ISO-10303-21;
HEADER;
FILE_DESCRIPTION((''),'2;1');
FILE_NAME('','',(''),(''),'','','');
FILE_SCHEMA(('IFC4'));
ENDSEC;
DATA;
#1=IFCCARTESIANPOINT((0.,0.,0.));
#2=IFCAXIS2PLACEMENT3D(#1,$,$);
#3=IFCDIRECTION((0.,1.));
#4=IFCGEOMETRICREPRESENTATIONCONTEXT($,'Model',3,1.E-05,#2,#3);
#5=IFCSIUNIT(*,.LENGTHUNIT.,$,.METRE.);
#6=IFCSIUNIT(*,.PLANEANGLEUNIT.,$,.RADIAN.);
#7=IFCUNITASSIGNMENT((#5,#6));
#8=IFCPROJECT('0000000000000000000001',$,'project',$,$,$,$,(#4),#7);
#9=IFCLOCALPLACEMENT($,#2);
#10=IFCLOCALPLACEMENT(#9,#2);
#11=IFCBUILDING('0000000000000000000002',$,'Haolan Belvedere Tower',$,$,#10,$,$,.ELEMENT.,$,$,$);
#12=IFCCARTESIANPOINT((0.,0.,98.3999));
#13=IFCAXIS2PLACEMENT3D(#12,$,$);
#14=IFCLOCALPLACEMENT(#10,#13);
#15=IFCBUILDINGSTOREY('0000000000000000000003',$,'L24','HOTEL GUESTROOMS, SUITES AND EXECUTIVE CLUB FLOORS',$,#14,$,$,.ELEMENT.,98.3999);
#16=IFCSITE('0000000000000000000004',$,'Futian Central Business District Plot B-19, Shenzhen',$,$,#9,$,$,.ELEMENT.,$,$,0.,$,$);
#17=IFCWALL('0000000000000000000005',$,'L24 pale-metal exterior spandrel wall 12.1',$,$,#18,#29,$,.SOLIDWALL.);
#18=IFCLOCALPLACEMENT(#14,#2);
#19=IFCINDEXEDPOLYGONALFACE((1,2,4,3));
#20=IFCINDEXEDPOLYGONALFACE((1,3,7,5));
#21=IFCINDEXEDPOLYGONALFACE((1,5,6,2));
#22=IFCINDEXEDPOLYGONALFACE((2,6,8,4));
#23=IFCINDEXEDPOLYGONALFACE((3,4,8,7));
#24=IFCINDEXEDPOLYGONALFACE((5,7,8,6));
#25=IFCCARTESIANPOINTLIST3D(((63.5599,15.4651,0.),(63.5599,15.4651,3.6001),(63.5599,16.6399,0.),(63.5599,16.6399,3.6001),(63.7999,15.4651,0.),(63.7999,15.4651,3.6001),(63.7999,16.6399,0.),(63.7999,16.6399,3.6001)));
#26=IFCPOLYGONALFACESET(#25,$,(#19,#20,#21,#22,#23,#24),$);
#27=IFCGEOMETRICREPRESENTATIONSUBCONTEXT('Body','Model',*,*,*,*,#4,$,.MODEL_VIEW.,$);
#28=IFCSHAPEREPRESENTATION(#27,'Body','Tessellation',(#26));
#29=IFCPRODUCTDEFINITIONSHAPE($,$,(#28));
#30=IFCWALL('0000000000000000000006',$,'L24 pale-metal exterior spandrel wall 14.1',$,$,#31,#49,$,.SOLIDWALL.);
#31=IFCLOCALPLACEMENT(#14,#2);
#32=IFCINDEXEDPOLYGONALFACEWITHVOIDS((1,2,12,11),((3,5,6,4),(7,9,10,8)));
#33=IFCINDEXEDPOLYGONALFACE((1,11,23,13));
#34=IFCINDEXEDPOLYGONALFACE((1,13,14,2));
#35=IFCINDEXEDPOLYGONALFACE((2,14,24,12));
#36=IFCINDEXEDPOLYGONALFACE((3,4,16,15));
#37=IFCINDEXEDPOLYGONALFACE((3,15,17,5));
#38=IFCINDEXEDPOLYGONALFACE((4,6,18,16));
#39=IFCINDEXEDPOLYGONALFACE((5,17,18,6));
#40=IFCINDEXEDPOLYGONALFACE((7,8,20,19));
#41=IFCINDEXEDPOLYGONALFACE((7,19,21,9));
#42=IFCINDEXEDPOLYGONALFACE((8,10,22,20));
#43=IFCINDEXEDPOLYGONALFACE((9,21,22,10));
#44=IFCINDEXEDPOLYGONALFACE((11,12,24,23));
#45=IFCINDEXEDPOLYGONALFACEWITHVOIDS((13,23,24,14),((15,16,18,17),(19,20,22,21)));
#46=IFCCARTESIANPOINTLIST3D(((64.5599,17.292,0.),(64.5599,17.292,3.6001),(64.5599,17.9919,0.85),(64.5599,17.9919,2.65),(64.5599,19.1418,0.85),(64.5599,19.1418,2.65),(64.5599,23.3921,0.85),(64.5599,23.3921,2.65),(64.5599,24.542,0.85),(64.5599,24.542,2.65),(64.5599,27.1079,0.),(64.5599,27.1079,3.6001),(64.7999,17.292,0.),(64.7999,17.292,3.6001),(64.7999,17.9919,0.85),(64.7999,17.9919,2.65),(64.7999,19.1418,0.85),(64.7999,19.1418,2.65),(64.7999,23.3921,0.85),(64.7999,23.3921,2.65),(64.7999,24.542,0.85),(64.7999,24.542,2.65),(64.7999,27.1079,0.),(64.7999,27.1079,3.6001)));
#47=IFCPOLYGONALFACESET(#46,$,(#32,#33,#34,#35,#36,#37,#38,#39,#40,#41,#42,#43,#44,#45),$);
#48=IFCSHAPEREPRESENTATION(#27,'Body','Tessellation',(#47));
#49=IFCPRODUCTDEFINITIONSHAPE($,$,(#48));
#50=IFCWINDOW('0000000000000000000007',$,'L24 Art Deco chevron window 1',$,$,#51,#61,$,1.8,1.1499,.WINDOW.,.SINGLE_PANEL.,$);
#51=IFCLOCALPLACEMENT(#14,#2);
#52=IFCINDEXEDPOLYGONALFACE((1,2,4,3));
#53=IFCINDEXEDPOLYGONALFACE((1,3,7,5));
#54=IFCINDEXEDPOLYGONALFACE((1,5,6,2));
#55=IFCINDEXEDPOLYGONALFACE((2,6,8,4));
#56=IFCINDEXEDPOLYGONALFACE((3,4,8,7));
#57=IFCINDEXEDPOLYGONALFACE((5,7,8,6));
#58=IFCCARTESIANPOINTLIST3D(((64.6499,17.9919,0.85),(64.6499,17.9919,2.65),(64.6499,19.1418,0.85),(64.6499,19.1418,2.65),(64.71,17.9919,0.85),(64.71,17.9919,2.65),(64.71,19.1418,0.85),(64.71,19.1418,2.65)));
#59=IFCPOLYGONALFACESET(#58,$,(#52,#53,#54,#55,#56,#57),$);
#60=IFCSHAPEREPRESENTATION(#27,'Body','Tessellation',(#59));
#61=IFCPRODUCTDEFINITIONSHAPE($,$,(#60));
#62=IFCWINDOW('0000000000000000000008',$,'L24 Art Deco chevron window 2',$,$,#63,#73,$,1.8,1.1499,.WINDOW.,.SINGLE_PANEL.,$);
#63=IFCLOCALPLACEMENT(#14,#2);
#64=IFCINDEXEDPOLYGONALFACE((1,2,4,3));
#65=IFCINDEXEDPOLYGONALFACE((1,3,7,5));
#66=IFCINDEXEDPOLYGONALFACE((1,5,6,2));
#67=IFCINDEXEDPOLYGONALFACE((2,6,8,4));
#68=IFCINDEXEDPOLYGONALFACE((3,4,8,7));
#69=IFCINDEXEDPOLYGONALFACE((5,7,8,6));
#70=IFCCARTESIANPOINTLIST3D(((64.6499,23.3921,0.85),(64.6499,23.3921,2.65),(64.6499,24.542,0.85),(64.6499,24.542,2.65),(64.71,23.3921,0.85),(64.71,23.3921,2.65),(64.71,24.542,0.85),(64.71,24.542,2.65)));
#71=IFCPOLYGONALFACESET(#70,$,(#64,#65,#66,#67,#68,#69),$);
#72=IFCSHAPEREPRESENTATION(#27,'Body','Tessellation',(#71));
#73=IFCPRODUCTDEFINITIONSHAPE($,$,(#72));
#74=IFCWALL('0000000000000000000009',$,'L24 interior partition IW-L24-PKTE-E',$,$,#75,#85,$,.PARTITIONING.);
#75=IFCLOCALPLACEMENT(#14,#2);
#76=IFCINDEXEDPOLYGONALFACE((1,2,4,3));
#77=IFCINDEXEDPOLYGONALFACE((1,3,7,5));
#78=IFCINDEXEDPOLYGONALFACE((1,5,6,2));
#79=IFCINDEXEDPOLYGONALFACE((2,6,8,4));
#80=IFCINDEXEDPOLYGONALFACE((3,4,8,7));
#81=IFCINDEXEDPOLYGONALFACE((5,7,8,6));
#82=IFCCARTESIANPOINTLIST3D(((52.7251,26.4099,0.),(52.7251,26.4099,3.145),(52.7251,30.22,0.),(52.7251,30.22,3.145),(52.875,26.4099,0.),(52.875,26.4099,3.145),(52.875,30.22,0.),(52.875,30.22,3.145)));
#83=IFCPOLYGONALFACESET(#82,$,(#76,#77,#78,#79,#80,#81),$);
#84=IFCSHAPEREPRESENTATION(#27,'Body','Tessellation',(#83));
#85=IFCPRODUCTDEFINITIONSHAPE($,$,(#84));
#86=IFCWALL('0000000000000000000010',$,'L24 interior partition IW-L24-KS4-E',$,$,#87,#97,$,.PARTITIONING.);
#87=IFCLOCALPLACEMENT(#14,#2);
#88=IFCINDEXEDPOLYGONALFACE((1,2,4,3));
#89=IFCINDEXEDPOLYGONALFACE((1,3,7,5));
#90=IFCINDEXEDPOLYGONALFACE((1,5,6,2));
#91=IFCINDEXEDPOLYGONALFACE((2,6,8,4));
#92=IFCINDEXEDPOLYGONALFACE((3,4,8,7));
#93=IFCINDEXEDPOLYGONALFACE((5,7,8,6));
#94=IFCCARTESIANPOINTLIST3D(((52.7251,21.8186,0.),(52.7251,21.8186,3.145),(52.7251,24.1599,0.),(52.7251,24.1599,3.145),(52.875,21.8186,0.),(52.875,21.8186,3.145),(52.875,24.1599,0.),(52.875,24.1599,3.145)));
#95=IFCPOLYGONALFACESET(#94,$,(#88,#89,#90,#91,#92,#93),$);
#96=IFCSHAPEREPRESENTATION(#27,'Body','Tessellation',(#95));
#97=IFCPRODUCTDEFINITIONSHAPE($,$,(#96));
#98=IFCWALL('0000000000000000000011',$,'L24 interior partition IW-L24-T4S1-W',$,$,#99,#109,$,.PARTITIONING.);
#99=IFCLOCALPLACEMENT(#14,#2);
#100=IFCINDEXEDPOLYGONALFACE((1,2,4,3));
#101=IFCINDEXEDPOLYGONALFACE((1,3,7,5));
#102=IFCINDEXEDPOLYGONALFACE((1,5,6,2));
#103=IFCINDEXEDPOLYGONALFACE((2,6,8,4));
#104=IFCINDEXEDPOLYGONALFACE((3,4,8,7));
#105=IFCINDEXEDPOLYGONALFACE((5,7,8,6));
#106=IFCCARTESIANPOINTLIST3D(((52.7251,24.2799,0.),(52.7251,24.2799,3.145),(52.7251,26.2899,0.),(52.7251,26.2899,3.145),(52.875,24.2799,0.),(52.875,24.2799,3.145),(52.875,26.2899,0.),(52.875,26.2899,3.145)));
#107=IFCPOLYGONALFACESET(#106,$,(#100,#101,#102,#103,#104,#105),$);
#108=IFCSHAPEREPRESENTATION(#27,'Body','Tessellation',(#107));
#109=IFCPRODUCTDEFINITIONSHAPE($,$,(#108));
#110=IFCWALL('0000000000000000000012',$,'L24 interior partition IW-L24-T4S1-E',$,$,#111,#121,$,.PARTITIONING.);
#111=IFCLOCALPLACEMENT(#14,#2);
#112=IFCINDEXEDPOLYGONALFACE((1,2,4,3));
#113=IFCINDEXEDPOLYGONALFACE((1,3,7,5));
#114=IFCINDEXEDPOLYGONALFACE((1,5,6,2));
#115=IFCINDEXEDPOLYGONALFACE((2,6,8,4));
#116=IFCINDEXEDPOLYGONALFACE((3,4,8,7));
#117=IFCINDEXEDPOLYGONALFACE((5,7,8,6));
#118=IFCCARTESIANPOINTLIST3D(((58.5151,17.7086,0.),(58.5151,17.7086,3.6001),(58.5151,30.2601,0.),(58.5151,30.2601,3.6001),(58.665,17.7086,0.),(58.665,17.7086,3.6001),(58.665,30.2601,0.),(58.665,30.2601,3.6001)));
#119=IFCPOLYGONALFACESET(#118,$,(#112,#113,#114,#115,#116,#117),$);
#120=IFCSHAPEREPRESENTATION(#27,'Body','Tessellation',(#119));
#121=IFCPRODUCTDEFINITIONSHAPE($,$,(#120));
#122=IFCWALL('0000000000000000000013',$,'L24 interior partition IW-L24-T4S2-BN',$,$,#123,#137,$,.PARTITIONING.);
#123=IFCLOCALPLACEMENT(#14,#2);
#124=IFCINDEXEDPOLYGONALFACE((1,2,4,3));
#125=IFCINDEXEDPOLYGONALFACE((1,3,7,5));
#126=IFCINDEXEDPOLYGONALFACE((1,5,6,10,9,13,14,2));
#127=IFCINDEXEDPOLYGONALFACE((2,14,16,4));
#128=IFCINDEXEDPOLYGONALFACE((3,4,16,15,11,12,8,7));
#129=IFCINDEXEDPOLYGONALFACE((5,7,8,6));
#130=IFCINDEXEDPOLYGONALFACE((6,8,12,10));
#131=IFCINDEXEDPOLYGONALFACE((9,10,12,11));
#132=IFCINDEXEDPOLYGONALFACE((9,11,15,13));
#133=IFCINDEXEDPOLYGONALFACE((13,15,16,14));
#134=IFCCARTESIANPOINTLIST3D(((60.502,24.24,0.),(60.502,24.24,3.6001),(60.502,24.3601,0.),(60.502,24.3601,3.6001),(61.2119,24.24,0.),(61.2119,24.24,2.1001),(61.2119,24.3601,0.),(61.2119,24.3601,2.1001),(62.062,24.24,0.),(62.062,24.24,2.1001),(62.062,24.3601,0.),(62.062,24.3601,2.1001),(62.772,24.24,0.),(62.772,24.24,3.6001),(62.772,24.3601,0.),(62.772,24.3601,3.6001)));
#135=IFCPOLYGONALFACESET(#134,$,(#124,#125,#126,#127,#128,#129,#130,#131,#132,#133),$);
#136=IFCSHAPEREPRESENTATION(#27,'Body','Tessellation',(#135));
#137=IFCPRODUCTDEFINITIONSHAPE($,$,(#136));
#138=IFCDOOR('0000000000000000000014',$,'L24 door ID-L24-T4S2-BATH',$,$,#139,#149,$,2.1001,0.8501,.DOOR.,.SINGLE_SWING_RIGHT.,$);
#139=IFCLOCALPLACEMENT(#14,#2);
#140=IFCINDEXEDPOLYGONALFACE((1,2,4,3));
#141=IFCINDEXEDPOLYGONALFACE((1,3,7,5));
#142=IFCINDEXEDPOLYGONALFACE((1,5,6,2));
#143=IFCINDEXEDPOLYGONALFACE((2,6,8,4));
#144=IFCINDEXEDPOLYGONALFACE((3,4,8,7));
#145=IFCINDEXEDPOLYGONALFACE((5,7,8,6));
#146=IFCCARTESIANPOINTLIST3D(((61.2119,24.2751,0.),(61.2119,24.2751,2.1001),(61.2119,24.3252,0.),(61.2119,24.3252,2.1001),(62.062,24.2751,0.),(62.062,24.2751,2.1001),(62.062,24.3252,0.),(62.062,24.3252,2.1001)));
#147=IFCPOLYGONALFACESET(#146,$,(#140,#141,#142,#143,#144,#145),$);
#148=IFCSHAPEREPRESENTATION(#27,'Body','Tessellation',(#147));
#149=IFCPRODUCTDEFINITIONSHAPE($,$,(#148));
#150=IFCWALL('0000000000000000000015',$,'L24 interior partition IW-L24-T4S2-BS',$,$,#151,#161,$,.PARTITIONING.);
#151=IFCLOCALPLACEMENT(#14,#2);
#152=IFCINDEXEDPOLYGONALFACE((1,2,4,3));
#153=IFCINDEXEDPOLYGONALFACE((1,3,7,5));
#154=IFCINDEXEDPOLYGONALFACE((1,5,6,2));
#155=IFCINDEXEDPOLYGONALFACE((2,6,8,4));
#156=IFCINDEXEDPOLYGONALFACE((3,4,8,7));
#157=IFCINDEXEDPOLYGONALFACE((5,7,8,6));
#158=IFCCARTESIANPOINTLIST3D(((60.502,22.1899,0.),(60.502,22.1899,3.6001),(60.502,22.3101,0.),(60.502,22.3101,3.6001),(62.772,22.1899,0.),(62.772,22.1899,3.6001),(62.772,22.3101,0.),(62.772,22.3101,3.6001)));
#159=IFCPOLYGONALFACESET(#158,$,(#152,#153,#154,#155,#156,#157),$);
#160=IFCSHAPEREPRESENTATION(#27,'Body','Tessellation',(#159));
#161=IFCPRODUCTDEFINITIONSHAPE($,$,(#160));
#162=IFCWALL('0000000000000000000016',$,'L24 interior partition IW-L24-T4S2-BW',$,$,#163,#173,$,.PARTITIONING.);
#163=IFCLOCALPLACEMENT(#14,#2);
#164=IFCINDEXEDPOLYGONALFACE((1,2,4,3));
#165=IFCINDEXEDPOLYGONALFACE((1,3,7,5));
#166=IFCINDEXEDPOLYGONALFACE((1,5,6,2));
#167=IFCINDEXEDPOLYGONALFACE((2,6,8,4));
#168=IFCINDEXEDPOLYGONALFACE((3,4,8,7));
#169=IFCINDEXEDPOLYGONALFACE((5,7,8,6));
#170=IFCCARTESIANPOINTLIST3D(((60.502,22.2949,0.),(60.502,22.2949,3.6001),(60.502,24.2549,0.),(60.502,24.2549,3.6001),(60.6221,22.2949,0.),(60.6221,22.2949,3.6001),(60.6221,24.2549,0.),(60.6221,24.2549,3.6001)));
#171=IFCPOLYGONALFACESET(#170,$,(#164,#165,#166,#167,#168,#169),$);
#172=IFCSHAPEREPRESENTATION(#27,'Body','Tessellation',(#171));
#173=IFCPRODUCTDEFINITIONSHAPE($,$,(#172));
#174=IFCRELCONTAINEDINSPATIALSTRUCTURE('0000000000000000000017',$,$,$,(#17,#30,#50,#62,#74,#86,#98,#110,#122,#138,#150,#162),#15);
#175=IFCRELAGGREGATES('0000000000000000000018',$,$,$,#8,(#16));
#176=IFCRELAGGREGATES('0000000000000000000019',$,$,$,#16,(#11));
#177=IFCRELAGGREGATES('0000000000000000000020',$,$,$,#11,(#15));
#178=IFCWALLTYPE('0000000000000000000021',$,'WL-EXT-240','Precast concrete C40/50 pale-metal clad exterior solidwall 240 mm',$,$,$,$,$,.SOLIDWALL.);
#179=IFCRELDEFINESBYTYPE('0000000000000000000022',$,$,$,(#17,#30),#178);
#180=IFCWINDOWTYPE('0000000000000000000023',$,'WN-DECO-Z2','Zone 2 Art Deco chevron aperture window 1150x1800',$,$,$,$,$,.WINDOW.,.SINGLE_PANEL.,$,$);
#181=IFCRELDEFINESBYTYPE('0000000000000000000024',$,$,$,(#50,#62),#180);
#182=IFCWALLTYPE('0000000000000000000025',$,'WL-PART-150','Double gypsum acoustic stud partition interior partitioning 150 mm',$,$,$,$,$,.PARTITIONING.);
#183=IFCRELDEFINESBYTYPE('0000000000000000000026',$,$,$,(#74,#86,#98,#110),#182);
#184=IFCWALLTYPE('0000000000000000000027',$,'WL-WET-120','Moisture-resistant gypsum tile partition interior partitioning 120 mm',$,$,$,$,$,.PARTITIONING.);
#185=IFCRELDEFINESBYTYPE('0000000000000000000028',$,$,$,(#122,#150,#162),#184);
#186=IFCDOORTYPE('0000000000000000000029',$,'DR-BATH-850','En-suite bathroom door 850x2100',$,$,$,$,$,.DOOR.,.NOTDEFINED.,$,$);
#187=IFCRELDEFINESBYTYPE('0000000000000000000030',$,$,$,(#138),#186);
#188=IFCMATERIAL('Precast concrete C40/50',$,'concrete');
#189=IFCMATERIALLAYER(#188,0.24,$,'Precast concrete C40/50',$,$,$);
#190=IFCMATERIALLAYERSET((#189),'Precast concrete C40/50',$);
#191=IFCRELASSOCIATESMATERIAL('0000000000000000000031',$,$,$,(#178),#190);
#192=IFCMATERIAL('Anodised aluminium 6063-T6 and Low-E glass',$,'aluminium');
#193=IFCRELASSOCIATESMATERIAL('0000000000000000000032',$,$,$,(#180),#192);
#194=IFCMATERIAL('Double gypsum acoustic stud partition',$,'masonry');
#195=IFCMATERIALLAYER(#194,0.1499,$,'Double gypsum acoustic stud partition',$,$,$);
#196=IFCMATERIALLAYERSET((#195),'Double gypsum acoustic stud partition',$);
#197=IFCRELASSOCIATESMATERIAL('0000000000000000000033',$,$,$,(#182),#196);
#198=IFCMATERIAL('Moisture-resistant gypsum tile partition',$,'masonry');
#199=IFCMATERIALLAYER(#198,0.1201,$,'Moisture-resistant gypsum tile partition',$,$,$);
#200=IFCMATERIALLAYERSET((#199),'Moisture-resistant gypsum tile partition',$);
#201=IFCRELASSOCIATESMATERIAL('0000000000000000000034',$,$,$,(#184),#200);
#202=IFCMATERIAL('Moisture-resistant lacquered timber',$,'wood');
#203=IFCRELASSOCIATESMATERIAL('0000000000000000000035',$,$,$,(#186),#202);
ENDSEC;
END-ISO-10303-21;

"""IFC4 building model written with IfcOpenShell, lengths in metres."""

from ifc_helpers import new_model, si_unit, direction, frame, frame_2d, origin, place, context, subcontext, project, spatial, rectangle, extrude, material, layer, layer_set, type_object, element, fill, save


model = new_model("IFC4")

# Units and contexts
model_context = context("Model", 3, precision=1e-05, world=origin(), true_north=direction((0.0, 1.0)))
body_context = subcontext(model_context, "Body", "Model", "MODEL_VIEW")
ifc_project = project(units=[si_unit("LENGTHUNIT", "METRE"), si_unit("PLANEANGLEUNIT", "RADIAN")], contexts=[model_context])

# Site, building, storey
site_placement = place(None, origin())
site = spatial("IfcSite", under=ifc_project, at=site_placement, Name="Futian Central Business District Plot B-19, Shenzhen", CompositionType="ELEMENT", RefElevation=0.0)
building_placement = place(site_placement, origin())
building = spatial("IfcBuilding", under=site, at=building_placement, Name="Haolan Belvedere Tower", CompositionType="ELEMENT")
storey_placement = place(building_placement, frame((0.0, 0.0, 98.3999)))
storey = spatial("IfcBuildingStorey", under=building, at=storey_placement, Name="L24", Description="HOTEL GUESTROOMS, SUITES AND EXECUTIVE CLUB FLOORS", CompositionType="ELEMENT", Elevation=98.3999)

# Shared definitions
ifc_material_1 = material(Name="Precast concrete C40/50", Category="concrete")
ifc_layer_1 = layer(ifc_material_1, 0.24, Name="Precast concrete C40/50")
ifc_layer_set_1 = layer_set([ifc_layer_1], Name="Precast concrete C40/50")
wall_type_1 = type_object("IfcWallType", Name="WL-EXT-240", Description="Precast concrete C40/50 pale-metal clad exterior solidwall 240 mm", PredefinedType="SOLIDWALL", material=ifc_layer_set_1)
ifc_material_2 = material(Name="Anodised aluminium 6063-T6 and Low-E glass", Category="aluminium")
window_type = type_object("IfcWindowType", Name="WN-DECO-Z2", Description="Zone 2 Art Deco chevron aperture window 1150x1800", PartitioningType="SINGLE_PANEL", PredefinedType="WINDOW", material=ifc_material_2)

# Wall
wall_1_placement = place(storey_placement, frame((63.6799, 15.4651, 0.0), z_axis=(0.0, 0.0, 1.0), x_axis=(0.0, 1.0, 0.0)))
element("IfcWall", 1, at=wall_1_placement, inside=storey, type_object=wall_type_1, Name="L24 pale-metal exterior spandrel wall 12.1", PredefinedType="SOLIDWALL", context=body_context, shape_type="SweptSolid", body=[
    extrude(rectangle(XDim=1.1748, YDim=0.24, at=frame_2d((0.5874, 0.0))), origin(), (0.0, 0.0, 1.0), 3.6001),
])

# Wall, openings, windows
wall_2_placement = place(storey_placement, frame((64.6799, 17.292, 0.0), z_axis=(0.0, 0.0, 1.0), x_axis=(0.0, 1.0, 0.0)))
wall_2 = element("IfcWall", 2, at=wall_2_placement, inside=storey, type_object=wall_type_1, Name="L24 pale-metal exterior spandrel wall 14.1", PredefinedType="SOLIDWALL", context=body_context, shape_type="SweptSolid", body=[
    extrude(rectangle(XDim=9.8159, YDim=0.24, at=frame_2d((4.908, 0.0))), origin(), (0.0, 0.0, 1.0), 3.6001),
])
opening_1_placement = place(wall_2_placement, frame((0.7, 0.0, 0.8501)))
opening_1 = element("IfcOpeningElement", 3, at=opening_1_placement, cuts=wall_2, PredefinedType="OPENING", context=body_context, shape_type="SweptSolid", body=[
    extrude(rectangle(XDim=1.1499, YDim=1.8, at=frame_2d((0.575, 0.8999))), frame((0.0, 0.1299, 0.0), z_axis=(0.0, -1.0, 0.0), x_axis=(1.0, 0.0, 0.0)), (0.0, 0.0, 1.0), 0.26),
])
opening_2_placement = place(wall_2_placement, frame((6.1001, 0.0, 0.8501)))
opening_2 = element("IfcOpeningElement", 4, at=opening_2_placement, cuts=wall_2, PredefinedType="OPENING", context=body_context, shape_type="SweptSolid", body=[
    extrude(rectangle(XDim=1.1499, YDim=1.8, at=frame_2d((0.575, 0.8999))), frame((0.0, 0.1299, 0.0), z_axis=(0.0, -1.0, 0.0), x_axis=(1.0, 0.0, 0.0)), (0.0, 0.0, 1.0), 0.26),
])
window_1_placement = place(opening_1_placement, origin())
window_1 = element("IfcWindow", 5, at=window_1_placement, inside=storey, type_object=window_type, Name="L24 Art Deco chevron window 1", OverallHeight=1.8, OverallWidth=1.1499, PartitioningType="SINGLE_PANEL", PredefinedType="WINDOW", context=body_context, shape_type="SweptSolid", body=[
    extrude(rectangle(XDim=1.1499, YDim=1.8, at=frame_2d((0.575, 0.8999))), frame((0.0, 0.03, 0.0), z_axis=(0.0, -1.0, 0.0), x_axis=(1.0, 0.0, 0.0)), (0.0, 0.0, 1.0), 0.0601),
])
fill(opening_1, window_1)
window_2_placement = place(opening_2_placement, origin())
window_2 = element("IfcWindow", 6, at=window_2_placement, inside=storey, type_object=window_type, Name="L24 Art Deco chevron window 2", OverallHeight=1.8, OverallWidth=1.1499, PartitioningType="SINGLE_PANEL", PredefinedType="WINDOW", context=body_context, shape_type="SweptSolid", body=[
    extrude(rectangle(XDim=1.1499, YDim=1.8, at=frame_2d((0.575, 0.8999))), frame((0.0, 0.03, 0.0), z_axis=(0.0, -1.0, 0.0), x_axis=(1.0, 0.0, 0.0)), (0.0, 0.0, 1.0), 0.0601),
])
fill(opening_2, window_2)

# Walls
ifc_material_3 = material(Name="Double gypsum acoustic stud partition", Category="masonry")
ifc_layer_2 = layer(ifc_material_3, 0.1499, Name="Double gypsum acoustic stud partition")
ifc_layer_set_2 = layer_set([ifc_layer_2], Name="Double gypsum acoustic stud partition")
wall_type_2 = type_object("IfcWallType", Name="WL-PART-150", Description="Double gypsum acoustic stud partition interior partitioning 150 mm", PredefinedType="PARTITIONING", material=ifc_layer_set_2)
wall_3_placement = place(storey_placement, frame((52.8, 26.4099, 0.0), z_axis=(0.0, 0.0, 1.0), x_axis=(0.0, 1.0, 0.0)))
element("IfcWall", 7, at=wall_3_placement, inside=storey, type_object=wall_type_2, Name="L24 interior partition IW-L24-PKTE-E", PredefinedType="PARTITIONING", context=body_context, shape_type="SweptSolid", body=[
    extrude(rectangle(XDim=3.8101, YDim=0.1499, at=frame_2d((1.905, 0.0))), origin(), (0.0, 0.0, 1.0), 3.145),
])
wall_4_placement = place(storey_placement, frame((52.8, 21.8186, 0.0), z_axis=(0.0, 0.0, 1.0), x_axis=(0.0, 1.0, 0.0)))
element("IfcWall", 8, at=wall_4_placement, inside=storey, type_object=wall_type_2, Name="L24 interior partition IW-L24-KS4-E", PredefinedType="PARTITIONING", context=body_context, shape_type="SweptSolid", body=[
    extrude(rectangle(XDim=2.3413, YDim=0.1499, at=frame_2d((1.1707, 0.0))), origin(), (0.0, 0.0, 1.0), 3.145),
])
wall_5_placement = place(storey_placement, frame((52.8, 24.28, 0.0), z_axis=(0.0, 0.0, 1.0), x_axis=(0.0, 1.0, 0.0)))
element("IfcWall", 9, at=wall_5_placement, inside=storey, type_object=wall_type_2, Name="L24 interior partition IW-L24-T4S1-W", PredefinedType="PARTITIONING", context=body_context, shape_type="SweptSolid", body=[
    extrude(rectangle(XDim=2.01, YDim=0.1499, at=frame_2d((1.0049, 0.0))), origin(), (0.0, 0.0, 1.0), 3.145),
])
wall_6_placement = place(storey_placement, frame((58.5901, 17.7085, 0.0), z_axis=(0.0, 0.0, 1.0), x_axis=(0.0, 1.0, 0.0)))
element("IfcWall", 10, at=wall_6_placement, inside=storey, type_object=wall_type_2, Name="L24 interior partition IW-L24-T4S1-E", PredefinedType="PARTITIONING", context=body_context, shape_type="SweptSolid", body=[
    extrude(rectangle(XDim=12.5515, YDim=0.1499, at=frame_2d((6.2759, 0.0))), origin(), (0.0, 0.0, 1.0), 3.6001),
])

# Wall, opening, door
ifc_material_4 = material(Name="Moisture-resistant gypsum tile partition", Category="masonry")
ifc_layer_3 = layer(ifc_material_4, 0.1201, Name="Moisture-resistant gypsum tile partition")
ifc_layer_set_3 = layer_set([ifc_layer_3], Name="Moisture-resistant gypsum tile partition")
wall_type_3 = type_object("IfcWallType", Name="WL-WET-120", Description="Moisture-resistant gypsum tile partition interior partitioning 120 mm", PredefinedType="PARTITIONING", material=ifc_layer_set_3)
wall_7_placement = place(storey_placement, frame((60.502, 24.3, 0.0), z_axis=(0.0, 0.0, 1.0), x_axis=(1.0, 0.0, 0.0)))
wall_7 = element("IfcWall", 11, at=wall_7_placement, inside=storey, type_object=wall_type_3, Name="L24 interior partition IW-L24-T4S2-BN", PredefinedType="PARTITIONING", context=body_context, shape_type="SweptSolid", body=[
    extrude(rectangle(XDim=2.27, YDim=0.1201, at=frame_2d((1.135, 0.0))), origin(), (0.0, 0.0, 1.0), 3.6001),
])
opening_3_placement = place(wall_7_placement, frame((1.5601, 0.0, 0.0), z_axis=(0.0, 0.0, 1.0), x_axis=(-1.0, 0.0, 0.0)))
opening_3 = element("IfcOpeningElement", 12, at=opening_3_placement, cuts=wall_7, PredefinedType="OPENING", context=body_context, shape_type="SweptSolid", body=[
    extrude(rectangle(XDim=0.8501, YDim=2.1001, at=frame_2d((0.425, 1.05))), frame((0.0, 0.0701, 0.0), z_axis=(0.0, -1.0, 0.0), x_axis=(1.0, 0.0, 0.0)), (0.0, 0.0, 1.0), 0.1401),
])
ifc_material_5 = material(Name="Moisture-resistant lacquered timber", Category="wood")
door_type = type_object("IfcDoorType", Name="DR-BATH-850", Description="En-suite bathroom door 850x2100", OperationType="NOTDEFINED", PredefinedType="DOOR", material=ifc_material_5)
door_placement = place(opening_3_placement, origin())
door = element("IfcDoor", 13, at=door_placement, inside=storey, type_object=door_type, Name="L24 door ID-L24-T4S2-BATH", OperationType="SINGLE_SWING_RIGHT", OverallHeight=2.1001, OverallWidth=0.8501, PredefinedType="DOOR", context=body_context, shape_type="SweptSolid", body=[
    extrude(rectangle(XDim=0.8501, YDim=2.1001, at=frame_2d((0.425, 1.05))), frame((0.0, 0.0249, 0.0), z_axis=(0.0, -1.0, 0.0), x_axis=(1.0, 0.0, 0.0)), (0.0, 0.0, 1.0), 0.05),
])
fill(opening_3, door)

# Walls
wall_8_placement = place(storey_placement, frame((60.502, 22.25, 0.0), z_axis=(0.0, 0.0, 1.0), x_axis=(1.0, 0.0, 0.0)))
element("IfcWall", 14, at=wall_8_placement, inside=storey, type_object=wall_type_3, Name="L24 interior partition IW-L24-T4S2-BS", PredefinedType="PARTITIONING", context=body_context, shape_type="SweptSolid", body=[
    extrude(rectangle(XDim=2.27, YDim=0.1201, at=frame_2d((1.135, 0.0))), origin(), (0.0, 0.0, 1.0), 3.6001),
])
for number, where, z_axis, x_axis, name in (
    (15, (60.562, 22.2949, 0.0), (0.0, 0.0, 1.0), (0.0, 1.0, 0.0), "L24 interior partition IW-L24-T4S2-BW"),
):
    element("IfcWall", number, at=place(storey_placement, frame(where, z_axis=z_axis, x_axis=x_axis)), inside=storey, type_object=wall_type_3, Name=name, PredefinedType="PARTITIONING", context=body_context, shape_type="SweptSolid", body=[
        extrude(rectangle(XDim=1.96, YDim=0.1201, at=frame_2d((0.98, 0.0))), origin(), (0.0, 0.0, 1.0), 3.6001),
    ])

save(model, "model.ifc")
